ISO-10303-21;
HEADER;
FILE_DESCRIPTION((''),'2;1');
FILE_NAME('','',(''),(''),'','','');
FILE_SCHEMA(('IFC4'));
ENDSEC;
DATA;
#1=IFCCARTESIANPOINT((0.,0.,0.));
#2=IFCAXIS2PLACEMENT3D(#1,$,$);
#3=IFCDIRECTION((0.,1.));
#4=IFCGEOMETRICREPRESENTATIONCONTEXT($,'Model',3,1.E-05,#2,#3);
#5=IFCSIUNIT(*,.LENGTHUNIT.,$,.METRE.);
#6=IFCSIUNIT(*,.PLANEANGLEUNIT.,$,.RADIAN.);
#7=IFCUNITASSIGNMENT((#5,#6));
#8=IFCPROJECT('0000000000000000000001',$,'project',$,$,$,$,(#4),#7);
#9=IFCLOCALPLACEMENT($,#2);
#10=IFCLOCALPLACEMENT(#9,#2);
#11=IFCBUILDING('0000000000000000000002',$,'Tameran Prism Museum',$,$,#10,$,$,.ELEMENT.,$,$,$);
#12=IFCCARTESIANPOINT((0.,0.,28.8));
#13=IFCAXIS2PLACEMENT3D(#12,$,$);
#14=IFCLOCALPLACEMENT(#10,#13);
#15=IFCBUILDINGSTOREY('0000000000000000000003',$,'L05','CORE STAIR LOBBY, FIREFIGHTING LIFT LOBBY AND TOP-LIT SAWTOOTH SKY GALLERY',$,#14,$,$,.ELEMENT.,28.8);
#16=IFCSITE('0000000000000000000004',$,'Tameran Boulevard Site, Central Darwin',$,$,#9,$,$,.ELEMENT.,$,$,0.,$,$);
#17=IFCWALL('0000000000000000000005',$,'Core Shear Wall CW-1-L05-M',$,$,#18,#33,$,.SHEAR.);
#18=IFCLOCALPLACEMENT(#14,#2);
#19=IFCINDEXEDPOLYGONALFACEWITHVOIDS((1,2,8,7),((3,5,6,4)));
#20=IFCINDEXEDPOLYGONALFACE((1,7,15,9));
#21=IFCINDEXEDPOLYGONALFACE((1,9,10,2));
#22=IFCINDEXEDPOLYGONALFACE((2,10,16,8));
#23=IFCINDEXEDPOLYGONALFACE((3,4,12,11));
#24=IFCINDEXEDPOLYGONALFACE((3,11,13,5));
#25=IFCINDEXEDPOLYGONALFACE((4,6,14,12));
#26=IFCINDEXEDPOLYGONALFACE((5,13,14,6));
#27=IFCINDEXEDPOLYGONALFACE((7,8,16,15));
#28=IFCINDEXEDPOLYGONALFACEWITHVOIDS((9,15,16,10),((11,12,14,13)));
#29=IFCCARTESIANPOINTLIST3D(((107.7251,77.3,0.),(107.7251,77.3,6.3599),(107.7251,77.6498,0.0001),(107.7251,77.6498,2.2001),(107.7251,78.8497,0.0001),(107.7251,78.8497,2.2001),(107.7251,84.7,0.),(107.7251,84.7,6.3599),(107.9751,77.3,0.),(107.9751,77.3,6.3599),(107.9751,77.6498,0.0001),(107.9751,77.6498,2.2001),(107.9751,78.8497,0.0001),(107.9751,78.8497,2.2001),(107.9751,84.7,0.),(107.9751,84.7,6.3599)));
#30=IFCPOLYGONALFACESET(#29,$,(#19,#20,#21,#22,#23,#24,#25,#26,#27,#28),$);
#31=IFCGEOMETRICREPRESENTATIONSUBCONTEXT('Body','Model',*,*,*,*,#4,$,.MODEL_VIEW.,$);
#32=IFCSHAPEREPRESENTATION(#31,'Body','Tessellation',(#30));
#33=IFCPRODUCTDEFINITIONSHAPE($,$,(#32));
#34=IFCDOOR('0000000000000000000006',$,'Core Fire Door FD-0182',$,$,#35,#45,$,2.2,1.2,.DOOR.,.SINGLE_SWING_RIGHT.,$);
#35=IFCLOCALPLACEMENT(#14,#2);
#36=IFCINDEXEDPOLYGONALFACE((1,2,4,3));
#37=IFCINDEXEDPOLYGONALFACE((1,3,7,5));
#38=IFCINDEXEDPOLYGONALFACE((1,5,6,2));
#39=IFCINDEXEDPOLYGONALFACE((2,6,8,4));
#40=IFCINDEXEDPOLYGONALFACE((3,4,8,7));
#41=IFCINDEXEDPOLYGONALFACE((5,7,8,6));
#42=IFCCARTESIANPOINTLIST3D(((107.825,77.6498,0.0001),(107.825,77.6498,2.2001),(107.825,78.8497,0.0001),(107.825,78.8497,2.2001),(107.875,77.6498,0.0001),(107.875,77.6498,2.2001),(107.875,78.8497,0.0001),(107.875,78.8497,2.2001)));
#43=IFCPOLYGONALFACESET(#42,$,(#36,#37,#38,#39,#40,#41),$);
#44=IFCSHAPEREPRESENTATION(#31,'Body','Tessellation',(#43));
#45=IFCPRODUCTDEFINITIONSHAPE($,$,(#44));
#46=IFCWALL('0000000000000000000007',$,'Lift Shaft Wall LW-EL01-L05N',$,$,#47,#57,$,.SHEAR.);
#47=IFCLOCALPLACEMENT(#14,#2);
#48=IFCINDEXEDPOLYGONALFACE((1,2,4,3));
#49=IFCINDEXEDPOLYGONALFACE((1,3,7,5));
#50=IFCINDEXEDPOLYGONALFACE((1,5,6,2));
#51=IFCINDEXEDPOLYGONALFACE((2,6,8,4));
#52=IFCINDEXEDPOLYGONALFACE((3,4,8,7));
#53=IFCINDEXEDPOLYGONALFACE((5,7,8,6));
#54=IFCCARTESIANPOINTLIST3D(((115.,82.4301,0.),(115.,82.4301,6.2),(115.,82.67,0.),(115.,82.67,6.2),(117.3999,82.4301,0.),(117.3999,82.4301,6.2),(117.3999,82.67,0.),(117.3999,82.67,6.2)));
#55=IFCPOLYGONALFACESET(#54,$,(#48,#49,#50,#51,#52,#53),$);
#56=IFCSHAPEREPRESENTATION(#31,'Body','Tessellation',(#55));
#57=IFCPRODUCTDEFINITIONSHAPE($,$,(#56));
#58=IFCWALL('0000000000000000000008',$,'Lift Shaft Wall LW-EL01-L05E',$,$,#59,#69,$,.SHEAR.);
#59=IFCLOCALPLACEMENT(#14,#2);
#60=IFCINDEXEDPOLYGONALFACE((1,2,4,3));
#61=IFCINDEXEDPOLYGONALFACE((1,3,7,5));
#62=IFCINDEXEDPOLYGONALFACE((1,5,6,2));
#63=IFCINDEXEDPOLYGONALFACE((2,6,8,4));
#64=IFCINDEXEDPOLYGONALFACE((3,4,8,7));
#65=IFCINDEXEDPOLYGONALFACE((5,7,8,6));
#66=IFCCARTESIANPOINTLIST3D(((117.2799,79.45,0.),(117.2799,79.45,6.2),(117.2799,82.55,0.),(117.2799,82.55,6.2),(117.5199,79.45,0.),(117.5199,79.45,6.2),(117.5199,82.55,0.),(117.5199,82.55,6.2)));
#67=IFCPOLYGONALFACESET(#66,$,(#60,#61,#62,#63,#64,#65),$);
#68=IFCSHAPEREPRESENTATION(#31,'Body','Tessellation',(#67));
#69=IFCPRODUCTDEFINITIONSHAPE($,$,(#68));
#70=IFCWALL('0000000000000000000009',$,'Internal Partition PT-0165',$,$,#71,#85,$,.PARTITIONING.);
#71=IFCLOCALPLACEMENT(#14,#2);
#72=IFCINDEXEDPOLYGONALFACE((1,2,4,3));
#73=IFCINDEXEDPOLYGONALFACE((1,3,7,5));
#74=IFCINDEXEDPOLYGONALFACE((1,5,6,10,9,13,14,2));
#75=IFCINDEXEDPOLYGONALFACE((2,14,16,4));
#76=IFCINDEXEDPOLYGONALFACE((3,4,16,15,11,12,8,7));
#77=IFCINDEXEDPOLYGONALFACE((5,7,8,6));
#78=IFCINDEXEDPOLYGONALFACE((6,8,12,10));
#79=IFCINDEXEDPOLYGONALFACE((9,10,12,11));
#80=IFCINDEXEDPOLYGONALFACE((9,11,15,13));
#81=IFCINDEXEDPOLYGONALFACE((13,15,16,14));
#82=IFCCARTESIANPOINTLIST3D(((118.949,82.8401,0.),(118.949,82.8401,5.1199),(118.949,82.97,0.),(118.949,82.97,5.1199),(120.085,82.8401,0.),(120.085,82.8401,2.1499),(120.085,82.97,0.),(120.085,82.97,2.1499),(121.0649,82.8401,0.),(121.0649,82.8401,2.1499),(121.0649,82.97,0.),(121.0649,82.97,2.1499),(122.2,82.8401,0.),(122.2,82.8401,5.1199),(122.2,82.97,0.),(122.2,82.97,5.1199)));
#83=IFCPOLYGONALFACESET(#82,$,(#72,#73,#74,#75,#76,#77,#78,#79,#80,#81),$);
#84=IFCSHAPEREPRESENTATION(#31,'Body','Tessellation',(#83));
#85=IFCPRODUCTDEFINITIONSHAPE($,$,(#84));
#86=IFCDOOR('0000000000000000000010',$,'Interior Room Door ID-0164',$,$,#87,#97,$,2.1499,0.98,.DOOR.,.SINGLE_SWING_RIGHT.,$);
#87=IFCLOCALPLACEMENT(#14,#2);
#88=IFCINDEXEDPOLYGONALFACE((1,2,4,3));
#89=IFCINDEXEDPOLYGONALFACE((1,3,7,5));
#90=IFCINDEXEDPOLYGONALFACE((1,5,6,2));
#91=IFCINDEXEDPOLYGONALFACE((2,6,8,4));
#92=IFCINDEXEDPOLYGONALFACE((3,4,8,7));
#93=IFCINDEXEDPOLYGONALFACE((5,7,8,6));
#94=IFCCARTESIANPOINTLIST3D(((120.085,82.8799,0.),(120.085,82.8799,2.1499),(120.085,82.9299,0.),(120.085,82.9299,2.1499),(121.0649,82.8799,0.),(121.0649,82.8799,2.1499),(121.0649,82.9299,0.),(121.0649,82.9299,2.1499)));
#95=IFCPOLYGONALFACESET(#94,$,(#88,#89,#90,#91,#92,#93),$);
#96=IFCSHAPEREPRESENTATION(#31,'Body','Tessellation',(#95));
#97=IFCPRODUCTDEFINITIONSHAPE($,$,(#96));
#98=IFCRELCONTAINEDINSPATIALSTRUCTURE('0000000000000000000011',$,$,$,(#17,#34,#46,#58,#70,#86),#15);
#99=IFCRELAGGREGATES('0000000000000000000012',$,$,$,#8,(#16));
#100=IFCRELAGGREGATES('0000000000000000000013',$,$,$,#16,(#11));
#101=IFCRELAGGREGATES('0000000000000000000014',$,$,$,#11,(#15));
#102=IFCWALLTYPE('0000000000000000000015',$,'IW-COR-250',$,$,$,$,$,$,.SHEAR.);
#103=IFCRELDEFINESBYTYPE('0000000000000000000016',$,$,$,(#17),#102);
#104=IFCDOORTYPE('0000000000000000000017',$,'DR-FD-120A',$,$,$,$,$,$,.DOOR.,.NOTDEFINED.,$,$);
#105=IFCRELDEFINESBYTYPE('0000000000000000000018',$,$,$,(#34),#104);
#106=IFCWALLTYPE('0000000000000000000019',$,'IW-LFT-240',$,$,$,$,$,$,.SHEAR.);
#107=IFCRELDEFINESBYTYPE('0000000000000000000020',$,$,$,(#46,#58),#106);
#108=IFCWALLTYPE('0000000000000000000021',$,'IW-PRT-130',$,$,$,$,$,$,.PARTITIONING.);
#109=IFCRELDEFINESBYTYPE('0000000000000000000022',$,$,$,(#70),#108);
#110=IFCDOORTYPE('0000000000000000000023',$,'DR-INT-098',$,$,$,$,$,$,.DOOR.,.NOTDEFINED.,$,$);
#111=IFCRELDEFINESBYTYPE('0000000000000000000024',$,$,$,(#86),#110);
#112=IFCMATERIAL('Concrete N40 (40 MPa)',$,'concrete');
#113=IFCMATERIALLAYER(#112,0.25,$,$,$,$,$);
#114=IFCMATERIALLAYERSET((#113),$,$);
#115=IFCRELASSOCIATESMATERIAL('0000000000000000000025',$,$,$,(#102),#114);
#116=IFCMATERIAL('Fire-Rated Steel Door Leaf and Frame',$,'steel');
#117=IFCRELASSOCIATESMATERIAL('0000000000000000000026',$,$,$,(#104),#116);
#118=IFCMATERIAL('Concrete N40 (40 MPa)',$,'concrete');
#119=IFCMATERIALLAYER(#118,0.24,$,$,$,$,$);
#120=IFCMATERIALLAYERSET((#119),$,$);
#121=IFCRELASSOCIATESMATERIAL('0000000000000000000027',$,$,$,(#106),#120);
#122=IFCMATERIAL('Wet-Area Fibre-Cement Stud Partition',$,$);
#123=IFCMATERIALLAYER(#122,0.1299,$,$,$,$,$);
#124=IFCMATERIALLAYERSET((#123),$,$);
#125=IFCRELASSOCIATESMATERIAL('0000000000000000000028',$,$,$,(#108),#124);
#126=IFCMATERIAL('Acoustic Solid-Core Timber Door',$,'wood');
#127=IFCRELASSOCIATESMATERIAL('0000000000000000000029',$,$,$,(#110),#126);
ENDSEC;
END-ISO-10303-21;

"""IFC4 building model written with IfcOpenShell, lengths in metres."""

from ifc_helpers import new_model, si_unit, direction, frame, frame_2d, origin, place, context, subcontext, project, spatial, rectangle, extrude, material, layer, layer_set, type_object, element, fill, save


model = new_model("IFC4")

# Units and contexts
model_context = context("Model", 3, precision=1e-05, world=origin(), true_north=direction((0.0, 1.0)))
body_context = subcontext(model_context, "Body", "Model", "MODEL_VIEW")
ifc_project = project(units=[si_unit("LENGTHUNIT", "METRE"), si_unit("PLANEANGLEUNIT", "RADIAN")], contexts=[model_context])

# Site, building, storey
site_placement = place(None, origin())
site = spatial("IfcSite", under=ifc_project, at=site_placement, Name="Tameran Boulevard Site, Central Darwin", CompositionType="ELEMENT", RefElevation=0.0)
building_placement = place(site_placement, origin())
building = spatial("IfcBuilding", under=site, at=building_placement, Name="Tameran Prism Museum", CompositionType="ELEMENT")
storey_placement = place(building_placement, frame((0.0, 0.0, 28.8)))
storey = spatial("IfcBuildingStorey", under=building, at=storey_placement, Name="L05", Description="CORE STAIR LOBBY, FIREFIGHTING LIFT LOBBY AND TOP-LIT SAWTOOTH SKY GALLERY", CompositionType="ELEMENT", Elevation=28.8)

# Wall, opening, door
ifc_material_1 = material(Name="Concrete N40 (40 MPa)", Category="concrete")
ifc_layer_1 = layer(ifc_material_1, 0.25)
ifc_layer_set_1 = layer_set([ifc_layer_1])
wall_type_1 = type_object("IfcWallType", Name="IW-COR-250", PredefinedType="SHEAR", material=ifc_layer_set_1)
ifc_material_2 = material(Name="Fire-Rated Steel Door Leaf and Frame", Category="steel")
door_type_1 = type_object("IfcDoorType", Name="DR-FD-120A", OperationType="NOTDEFINED", PredefinedType="DOOR", material=ifc_material_2)
wall_1_placement = place(storey_placement, frame((107.8501, 84.7, 0.0), z_axis=(0.0, 0.0, 1.0), x_axis=(0.0, -1.0, 0.0)))
wall_1 = element("IfcWall", 1, at=wall_1_placement, inside=storey, type_object=wall_type_1, Name="Core Shear Wall CW-1-L05-M", PredefinedType="SHEAR", context=body_context, shape_type="SweptSolid", body=[
    extrude(rectangle(XDim=7.3999, YDim=0.25, at=frame_2d((3.7, 0.0))), origin(), (0.0, 0.0, 1.0), 6.3599),
])
opening_1_placement = place(wall_1_placement, frame((5.8501, 0.0, 0.0)))
opening_1 = element("IfcOpeningElement", 2, at=opening_1_placement, cuts=wall_1, PredefinedType="OPENING", context=body_context, shape_type="SweptSolid", body=[
    extrude(rectangle(XDim=1.2, YDim=2.2, at=frame_2d((0.6001, 1.1001))), frame((0.0, 0.135, 0.0), z_axis=(0.0, -1.0, 0.0), x_axis=(1.0, 0.0, 0.0)), (0.0, 0.0, 1.0), 0.27),
])
door_1_placement = place(opening_1_placement, origin())
door_1 = element("IfcDoor", 3, at=door_1_placement, inside=storey, type_object=door_type_1, Name="Core Fire Door FD-0182", OperationType="SINGLE_SWING_RIGHT", OverallHeight=2.2, OverallWidth=1.2, PredefinedType="DOOR", context=body_context, shape_type="SweptSolid", body=[
    extrude(rectangle(XDim=1.2, YDim=2.2, at=frame_2d((0.6001, 1.1001))), frame((0.0, 0.0249, 0.0), z_axis=(0.0, -1.0, 0.0), x_axis=(1.0, 0.0, 0.0)), (0.0, 0.0, 1.0), 0.05),
])
fill(opening_1, door_1)

# Walls
ifc_material_3 = material(Name="Concrete N40 (40 MPa)", Category="concrete")
ifc_layer_2 = layer(ifc_material_3, 0.24)
ifc_layer_set_2 = layer_set([ifc_layer_2])
wall_type_2 = type_object("IfcWallType", Name="IW-LFT-240", PredefinedType="SHEAR", material=ifc_layer_set_2)
wall_2_placement = place(storey_placement, frame((115.0, 82.55, 0.0), z_axis=(0.0, 0.0, 1.0), x_axis=(1.0, 0.0, 0.0)))
element("IfcWall", 4, at=wall_2_placement, inside=storey, type_object=wall_type_2, Name="Lift Shaft Wall LW-EL01-L05N", PredefinedType="SHEAR", context=body_context, shape_type="SweptSolid", body=[
    extrude(rectangle(XDim=2.3999, YDim=0.24, at=frame_2d((1.2, 0.0))), origin(), (0.0, 0.0, 1.0), 6.2),
])
wall_3_placement = place(storey_placement, frame((117.3999, 82.55, 0.0), z_axis=(0.0, 0.0, 1.0), x_axis=(0.0, -1.0, 0.0)))
element("IfcWall", 5, at=wall_3_placement, inside=storey, type_object=wall_type_2, Name="Lift Shaft Wall LW-EL01-L05E", PredefinedType="SHEAR", context=body_context, shape_type="SweptSolid", body=[
    extrude(rectangle(XDim=3.1001, YDim=0.24, at=frame_2d((1.55, 0.0))), origin(), (0.0, 0.0, 1.0), 6.2),
])

# Wall, opening, door
ifc_material_4 = material(Name="Wet-Area Fibre-Cement Stud Partition")
ifc_layer_3 = layer(ifc_material_4, 0.1299)
ifc_layer_set_3 = layer_set([ifc_layer_3])
wall_type_3 = type_object("IfcWallType", Name="IW-PRT-130", PredefinedType="PARTITIONING", material=ifc_layer_set_3)
wall_4_placement = place(storey_placement, frame((118.949, 82.905, 0.0), z_axis=(0.0, 0.0, 1.0), x_axis=(1.0, 0.0, 0.0)))
wall_4 = element("IfcWall", 6, at=wall_4_placement, inside=storey, type_object=wall_type_3, Name="Internal Partition PT-0165", PredefinedType="PARTITIONING", context=body_context, shape_type="SweptSolid", body=[
    extrude(rectangle(XDim=3.251, YDim=0.1299, at=frame_2d((1.6255, 0.0))), origin(), (0.0, 0.0, 1.0), 5.1199),
])
opening_2_placement = place(wall_4_placement, frame((1.136, 0.0, 0.0)))
opening_2 = element("IfcOpeningElement", 7, at=opening_2_placement, cuts=wall_4, PredefinedType="OPENING", context=body_context, shape_type="SweptSolid", body=[
    extrude(rectangle(XDim=0.98, YDim=2.1499, at=frame_2d((0.49, 1.075))), frame((0.0, 0.075, 0.0), z_axis=(0.0, -1.0, 0.0), x_axis=(1.0, 0.0, 0.0)), (0.0, 0.0, 1.0), 0.1499),
])
ifc_material_5 = material(Name="Acoustic Solid-Core Timber Door", Category="wood")
door_type_2 = type_object("IfcDoorType", Name="DR-INT-098", OperationType="NOTDEFINED", PredefinedType="DOOR", material=ifc_material_5)
door_2_placement = place(opening_2_placement, origin())
door_2 = element("IfcDoor", 8, at=door_2_placement, inside=storey, type_object=door_type_2, Name="Interior Room Door ID-0164", OperationType="SINGLE_SWING_RIGHT", OverallHeight=2.1499, OverallWidth=0.98, PredefinedType="DOOR", context=body_context, shape_type="SweptSolid", body=[
    extrude(rectangle(XDim=0.98, YDim=2.1499, at=frame_2d((0.49, 1.075))), frame((0.0, 0.0249, 0.0), z_axis=(0.0, -1.0, 0.0), x_axis=(1.0, 0.0, 0.0)), (0.0, 0.0, 1.0), 0.05),
])
fill(opening_2, door_2)

save(model, "model.ifc")
